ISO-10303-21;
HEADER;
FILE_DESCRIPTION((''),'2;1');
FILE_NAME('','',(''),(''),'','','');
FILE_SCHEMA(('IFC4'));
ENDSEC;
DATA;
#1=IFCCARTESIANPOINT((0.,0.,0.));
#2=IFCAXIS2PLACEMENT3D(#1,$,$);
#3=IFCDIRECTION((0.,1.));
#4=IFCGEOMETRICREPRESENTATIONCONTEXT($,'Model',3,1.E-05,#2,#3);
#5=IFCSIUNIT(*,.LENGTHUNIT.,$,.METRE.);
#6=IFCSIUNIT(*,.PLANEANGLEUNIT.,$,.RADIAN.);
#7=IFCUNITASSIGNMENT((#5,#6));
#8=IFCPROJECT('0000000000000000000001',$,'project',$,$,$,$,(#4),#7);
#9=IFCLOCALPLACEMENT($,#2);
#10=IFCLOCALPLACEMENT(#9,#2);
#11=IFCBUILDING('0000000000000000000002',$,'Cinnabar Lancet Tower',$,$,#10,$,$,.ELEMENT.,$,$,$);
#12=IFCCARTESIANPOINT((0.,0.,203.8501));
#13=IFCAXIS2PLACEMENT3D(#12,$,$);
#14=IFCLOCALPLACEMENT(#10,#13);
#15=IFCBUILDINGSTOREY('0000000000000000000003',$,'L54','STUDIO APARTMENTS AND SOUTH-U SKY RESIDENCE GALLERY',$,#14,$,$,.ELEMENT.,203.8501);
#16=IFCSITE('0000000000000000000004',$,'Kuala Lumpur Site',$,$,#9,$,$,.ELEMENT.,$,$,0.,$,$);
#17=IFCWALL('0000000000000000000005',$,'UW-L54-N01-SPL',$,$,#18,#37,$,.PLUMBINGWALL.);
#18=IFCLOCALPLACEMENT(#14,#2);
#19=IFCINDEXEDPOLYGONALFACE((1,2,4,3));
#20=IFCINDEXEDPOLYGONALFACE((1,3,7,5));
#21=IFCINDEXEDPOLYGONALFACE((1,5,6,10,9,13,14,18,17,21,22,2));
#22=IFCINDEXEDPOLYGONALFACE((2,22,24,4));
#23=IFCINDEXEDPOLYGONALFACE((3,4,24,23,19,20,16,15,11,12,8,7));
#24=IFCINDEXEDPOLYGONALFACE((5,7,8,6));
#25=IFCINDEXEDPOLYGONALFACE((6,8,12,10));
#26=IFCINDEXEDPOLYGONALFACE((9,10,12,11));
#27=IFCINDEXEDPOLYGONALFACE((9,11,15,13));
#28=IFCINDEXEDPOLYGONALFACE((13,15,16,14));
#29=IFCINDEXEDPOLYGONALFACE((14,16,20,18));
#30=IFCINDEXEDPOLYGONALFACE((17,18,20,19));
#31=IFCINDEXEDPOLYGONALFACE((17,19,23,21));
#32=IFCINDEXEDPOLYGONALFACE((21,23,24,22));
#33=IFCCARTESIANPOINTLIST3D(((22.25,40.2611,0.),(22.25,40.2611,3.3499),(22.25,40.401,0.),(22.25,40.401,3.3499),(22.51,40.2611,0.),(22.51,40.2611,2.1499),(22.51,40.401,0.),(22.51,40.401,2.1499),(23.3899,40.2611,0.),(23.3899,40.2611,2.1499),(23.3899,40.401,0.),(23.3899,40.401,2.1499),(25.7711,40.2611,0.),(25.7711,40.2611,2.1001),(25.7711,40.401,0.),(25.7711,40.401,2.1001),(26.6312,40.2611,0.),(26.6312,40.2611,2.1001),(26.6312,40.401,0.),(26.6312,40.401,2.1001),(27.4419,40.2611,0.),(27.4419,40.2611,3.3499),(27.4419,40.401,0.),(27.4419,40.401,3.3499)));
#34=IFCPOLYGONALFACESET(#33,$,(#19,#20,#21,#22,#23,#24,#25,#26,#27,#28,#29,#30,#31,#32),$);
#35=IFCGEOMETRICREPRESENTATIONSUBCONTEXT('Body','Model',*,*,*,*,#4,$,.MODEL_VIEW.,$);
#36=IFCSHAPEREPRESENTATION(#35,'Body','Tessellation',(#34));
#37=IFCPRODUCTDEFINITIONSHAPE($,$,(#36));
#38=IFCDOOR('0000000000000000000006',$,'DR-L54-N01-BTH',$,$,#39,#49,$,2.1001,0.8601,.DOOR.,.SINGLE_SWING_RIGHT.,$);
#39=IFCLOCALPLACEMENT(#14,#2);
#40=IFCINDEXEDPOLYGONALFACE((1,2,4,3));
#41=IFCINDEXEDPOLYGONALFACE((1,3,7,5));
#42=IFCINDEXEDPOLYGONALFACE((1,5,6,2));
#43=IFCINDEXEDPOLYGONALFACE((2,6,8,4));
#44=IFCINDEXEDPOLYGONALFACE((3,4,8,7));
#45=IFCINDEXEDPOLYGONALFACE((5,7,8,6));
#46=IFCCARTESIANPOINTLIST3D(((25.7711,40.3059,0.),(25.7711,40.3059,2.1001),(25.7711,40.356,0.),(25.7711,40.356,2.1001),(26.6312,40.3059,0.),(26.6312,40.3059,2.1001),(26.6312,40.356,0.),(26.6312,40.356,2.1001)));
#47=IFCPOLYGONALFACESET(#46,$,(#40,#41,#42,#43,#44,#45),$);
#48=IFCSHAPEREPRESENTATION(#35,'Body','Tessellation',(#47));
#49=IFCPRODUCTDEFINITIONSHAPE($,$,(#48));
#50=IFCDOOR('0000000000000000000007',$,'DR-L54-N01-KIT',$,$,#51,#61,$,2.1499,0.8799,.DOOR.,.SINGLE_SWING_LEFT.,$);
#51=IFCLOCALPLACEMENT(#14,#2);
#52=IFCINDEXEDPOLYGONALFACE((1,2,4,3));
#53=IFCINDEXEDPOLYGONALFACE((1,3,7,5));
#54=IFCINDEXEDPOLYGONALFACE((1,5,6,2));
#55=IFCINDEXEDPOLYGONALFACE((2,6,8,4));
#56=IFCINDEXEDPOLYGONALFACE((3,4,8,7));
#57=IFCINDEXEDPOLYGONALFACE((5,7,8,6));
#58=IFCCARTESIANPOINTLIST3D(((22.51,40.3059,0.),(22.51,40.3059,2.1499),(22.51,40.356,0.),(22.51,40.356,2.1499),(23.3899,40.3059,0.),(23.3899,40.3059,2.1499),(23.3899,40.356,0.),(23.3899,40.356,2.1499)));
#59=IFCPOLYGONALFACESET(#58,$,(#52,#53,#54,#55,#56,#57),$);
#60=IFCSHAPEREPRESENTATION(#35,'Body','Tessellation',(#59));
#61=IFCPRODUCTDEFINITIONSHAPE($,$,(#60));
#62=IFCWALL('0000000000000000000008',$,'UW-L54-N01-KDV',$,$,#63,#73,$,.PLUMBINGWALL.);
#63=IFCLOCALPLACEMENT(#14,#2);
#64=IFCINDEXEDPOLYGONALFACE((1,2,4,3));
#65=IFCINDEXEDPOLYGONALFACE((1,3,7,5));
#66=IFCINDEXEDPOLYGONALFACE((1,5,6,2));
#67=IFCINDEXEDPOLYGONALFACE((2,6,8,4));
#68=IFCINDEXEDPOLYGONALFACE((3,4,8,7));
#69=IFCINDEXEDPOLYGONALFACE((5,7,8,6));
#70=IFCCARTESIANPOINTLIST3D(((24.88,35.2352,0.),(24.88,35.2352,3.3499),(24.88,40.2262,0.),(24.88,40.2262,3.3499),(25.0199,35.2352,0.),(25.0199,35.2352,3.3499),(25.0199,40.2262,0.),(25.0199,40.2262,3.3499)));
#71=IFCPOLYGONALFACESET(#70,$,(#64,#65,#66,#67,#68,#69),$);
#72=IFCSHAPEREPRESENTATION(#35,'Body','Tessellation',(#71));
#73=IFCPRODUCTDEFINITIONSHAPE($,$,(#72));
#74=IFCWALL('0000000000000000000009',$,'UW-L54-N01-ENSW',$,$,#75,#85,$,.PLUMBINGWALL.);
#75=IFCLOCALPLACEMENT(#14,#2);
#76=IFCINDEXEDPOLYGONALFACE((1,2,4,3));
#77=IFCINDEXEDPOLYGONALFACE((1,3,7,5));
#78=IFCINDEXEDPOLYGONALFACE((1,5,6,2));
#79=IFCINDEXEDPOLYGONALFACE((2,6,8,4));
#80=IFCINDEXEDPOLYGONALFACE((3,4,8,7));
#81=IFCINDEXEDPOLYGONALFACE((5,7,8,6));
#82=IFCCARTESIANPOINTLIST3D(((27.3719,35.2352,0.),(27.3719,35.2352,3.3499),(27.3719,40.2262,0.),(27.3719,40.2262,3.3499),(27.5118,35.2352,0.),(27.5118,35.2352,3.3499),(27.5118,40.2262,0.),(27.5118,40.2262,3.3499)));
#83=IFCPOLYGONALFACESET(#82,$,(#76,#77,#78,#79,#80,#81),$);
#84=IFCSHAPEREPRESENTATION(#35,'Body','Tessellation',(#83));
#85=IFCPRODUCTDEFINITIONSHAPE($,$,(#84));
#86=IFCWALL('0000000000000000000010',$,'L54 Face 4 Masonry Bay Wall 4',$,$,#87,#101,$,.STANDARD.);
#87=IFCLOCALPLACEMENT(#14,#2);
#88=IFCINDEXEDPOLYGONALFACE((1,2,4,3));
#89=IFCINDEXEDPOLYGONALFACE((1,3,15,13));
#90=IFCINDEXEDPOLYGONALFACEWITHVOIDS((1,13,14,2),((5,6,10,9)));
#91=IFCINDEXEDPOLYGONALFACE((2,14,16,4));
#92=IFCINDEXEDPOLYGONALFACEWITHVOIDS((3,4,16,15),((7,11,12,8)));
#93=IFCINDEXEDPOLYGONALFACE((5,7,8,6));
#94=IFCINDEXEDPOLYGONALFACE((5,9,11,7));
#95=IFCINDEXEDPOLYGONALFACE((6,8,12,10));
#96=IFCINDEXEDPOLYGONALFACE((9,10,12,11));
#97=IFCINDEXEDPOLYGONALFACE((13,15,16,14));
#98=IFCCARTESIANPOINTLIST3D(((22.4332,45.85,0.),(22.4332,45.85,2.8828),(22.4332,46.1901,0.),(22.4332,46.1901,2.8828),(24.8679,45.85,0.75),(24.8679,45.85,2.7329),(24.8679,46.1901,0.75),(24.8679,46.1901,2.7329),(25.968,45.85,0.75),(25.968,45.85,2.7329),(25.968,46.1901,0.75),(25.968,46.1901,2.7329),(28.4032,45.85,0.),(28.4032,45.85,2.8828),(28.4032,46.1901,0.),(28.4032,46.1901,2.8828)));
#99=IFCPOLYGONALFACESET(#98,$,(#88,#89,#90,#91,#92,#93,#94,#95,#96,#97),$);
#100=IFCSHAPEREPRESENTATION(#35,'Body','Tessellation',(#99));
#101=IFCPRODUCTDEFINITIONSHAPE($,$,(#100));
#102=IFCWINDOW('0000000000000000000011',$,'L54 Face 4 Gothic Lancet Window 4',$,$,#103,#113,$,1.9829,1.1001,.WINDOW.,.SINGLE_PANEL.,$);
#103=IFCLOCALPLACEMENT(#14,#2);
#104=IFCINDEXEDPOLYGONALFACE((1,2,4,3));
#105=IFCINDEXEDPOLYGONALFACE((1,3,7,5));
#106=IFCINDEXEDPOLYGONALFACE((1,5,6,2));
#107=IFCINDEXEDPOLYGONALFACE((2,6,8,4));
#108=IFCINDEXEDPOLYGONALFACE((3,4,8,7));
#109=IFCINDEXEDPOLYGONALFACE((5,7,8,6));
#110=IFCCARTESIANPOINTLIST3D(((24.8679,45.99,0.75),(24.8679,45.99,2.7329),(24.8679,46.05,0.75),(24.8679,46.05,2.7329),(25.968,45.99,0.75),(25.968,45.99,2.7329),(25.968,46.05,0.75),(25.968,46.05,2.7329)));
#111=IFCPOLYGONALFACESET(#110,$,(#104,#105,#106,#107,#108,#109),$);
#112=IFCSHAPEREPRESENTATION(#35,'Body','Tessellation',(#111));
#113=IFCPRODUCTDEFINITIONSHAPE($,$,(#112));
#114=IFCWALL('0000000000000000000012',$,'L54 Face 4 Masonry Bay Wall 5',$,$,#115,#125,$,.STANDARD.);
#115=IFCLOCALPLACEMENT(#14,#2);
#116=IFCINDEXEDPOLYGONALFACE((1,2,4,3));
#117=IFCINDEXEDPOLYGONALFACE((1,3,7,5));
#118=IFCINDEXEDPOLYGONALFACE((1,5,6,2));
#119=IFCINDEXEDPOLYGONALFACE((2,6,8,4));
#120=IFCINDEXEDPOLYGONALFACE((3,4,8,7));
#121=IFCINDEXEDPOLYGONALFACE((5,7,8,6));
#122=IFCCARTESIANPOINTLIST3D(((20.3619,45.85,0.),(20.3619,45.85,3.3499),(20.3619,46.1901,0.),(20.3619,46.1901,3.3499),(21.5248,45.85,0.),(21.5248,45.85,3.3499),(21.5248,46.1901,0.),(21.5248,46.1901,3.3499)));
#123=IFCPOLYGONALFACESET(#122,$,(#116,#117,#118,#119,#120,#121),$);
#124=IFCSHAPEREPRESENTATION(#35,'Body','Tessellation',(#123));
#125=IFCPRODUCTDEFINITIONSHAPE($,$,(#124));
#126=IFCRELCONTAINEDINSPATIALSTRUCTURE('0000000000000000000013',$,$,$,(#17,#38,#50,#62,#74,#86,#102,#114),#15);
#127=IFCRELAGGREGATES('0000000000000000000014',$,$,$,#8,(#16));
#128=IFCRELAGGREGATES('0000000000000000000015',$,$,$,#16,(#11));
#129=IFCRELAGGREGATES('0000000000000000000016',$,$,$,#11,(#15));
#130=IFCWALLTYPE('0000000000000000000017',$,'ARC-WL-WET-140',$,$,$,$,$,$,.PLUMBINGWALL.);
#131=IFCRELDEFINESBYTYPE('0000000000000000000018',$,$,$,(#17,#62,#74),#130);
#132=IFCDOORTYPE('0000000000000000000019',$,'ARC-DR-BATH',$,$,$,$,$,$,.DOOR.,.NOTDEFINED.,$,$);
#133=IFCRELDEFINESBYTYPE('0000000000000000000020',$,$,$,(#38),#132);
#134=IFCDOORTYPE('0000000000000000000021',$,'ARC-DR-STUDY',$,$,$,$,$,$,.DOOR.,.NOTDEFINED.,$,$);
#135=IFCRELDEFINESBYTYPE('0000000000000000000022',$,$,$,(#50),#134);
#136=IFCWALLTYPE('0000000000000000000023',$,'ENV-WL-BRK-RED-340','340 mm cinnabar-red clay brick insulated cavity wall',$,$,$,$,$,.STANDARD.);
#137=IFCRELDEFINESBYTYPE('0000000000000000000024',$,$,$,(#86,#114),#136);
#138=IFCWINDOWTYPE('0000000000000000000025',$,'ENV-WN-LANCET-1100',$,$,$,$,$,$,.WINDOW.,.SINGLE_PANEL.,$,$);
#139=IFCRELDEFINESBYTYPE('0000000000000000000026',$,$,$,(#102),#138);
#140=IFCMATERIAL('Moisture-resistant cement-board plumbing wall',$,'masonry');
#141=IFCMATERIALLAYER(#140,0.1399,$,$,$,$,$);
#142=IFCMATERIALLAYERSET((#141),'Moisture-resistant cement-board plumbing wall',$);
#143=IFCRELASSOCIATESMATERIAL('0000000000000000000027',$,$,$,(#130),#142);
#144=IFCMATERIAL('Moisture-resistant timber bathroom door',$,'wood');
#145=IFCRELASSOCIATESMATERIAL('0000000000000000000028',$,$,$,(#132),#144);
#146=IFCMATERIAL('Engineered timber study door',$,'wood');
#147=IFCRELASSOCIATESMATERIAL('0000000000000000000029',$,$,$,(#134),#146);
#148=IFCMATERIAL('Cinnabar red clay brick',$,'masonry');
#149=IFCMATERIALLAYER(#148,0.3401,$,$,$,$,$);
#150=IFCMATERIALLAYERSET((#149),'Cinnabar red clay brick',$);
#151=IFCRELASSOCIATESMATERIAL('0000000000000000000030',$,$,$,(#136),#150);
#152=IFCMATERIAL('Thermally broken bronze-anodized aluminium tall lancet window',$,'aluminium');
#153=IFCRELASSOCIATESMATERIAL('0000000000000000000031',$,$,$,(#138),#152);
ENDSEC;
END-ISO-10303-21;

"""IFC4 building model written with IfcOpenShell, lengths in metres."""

from ifc_helpers import new_model, si_unit, direction, frame, frame_2d, origin, place, context, subcontext, project, spatial, rectangle, extrude, material, layer, layer_set, type_object, element, fill, save


model = new_model("IFC4")

# Units and contexts
model_context = context("Model", 3, precision=1e-05, world=origin(), true_north=direction((0.0, 1.0)))
body_context = subcontext(model_context, "Body", "Model", "MODEL_VIEW")
ifc_project = project(units=[si_unit("LENGTHUNIT", "METRE"), si_unit("PLANEANGLEUNIT", "RADIAN")], contexts=[model_context])

# Site, building, storey
site_placement = place(None, origin())
site = spatial("IfcSite", under=ifc_project, at=site_placement, Name="Kuala Lumpur Site", CompositionType="ELEMENT", RefElevation=0.0)
building_placement = place(site_placement, origin())
building = spatial("IfcBuilding", under=site, at=building_placement, Name="Cinnabar Lancet Tower", CompositionType="ELEMENT")
storey_placement = place(building_placement, frame((0.0, 0.0, 203.8501)))
storey = spatial("IfcBuildingStorey", under=building, at=storey_placement, Name="L54", Description="STUDIO APARTMENTS AND SOUTH-U SKY RESIDENCE GALLERY", CompositionType="ELEMENT", Elevation=203.8501)

# Wall, openings, doors
ifc_material_1 = material(Name="Moisture-resistant cement-board plumbing wall", Category="masonry")
ifc_layer_1 = layer(ifc_material_1, 0.1399)
ifc_layer_set_1 = layer_set([ifc_layer_1], Name="Moisture-resistant cement-board plumbing wall")
wall_type_1 = type_object("IfcWallType", Name="ARC-WL-WET-140", PredefinedType="PLUMBINGWALL", material=ifc_layer_set_1)
wall_1_placement = place(storey_placement, frame((22.25, 40.3311, 0.0), z_axis=(0.0, 0.0, 1.0), x_axis=(1.0, 0.0, 0.0)))
wall_1 = element("IfcWall", 1, at=wall_1_placement, inside=storey, type_object=wall_type_1, Name="UW-L54-N01-SPL", PredefinedType="PLUMBINGWALL", context=body_context, shape_type="SweptSolid", body=[
    extrude(rectangle(XDim=5.1919, YDim=0.1399, at=frame_2d((2.5959, 0.0))), origin(), (0.0, 0.0, 1.0), 3.3499),
])
opening_1_placement = place(wall_1_placement, frame((3.521, 0.0, 0.0)))
opening_1 = element("IfcOpeningElement", 2, at=opening_1_placement, cuts=wall_1, PredefinedType="OPENING", context=body_context, shape_type="SweptSolid", body=[
    extrude(rectangle(XDim=0.8601, YDim=2.1001, at=frame_2d((0.4302, 1.05))), frame((0.0, 0.0798, 0.0), z_axis=(0.0, -1.0, 0.0), x_axis=(1.0, 0.0, 0.0)), (0.0, 0.0, 1.0), 0.1599),
])
opening_2_placement = place(wall_1_placement, frame((0.26, 0.0, 0.0)))
opening_2 = element("IfcOpeningElement", 3, at=opening_2_placement, cuts=wall_1, PredefinedType="OPENING", context=body_context, shape_type="SweptSolid", body=[
    extrude(rectangle(XDim=0.8799, YDim=2.1499, at=frame_2d((0.4399, 1.075))), frame((0.0, 0.0798, 0.0), z_axis=(0.0, -1.0, 0.0), x_axis=(1.0, 0.0, 0.0)), (0.0, 0.0, 1.0), 0.1599),
])
ifc_material_2 = material(Name="Moisture-resistant timber bathroom door", Category="wood")
door_type_1 = type_object("IfcDoorType", Name="ARC-DR-BATH", OperationType="NOTDEFINED", PredefinedType="DOOR", material=ifc_material_2)
door_1_placement = place(opening_1_placement, origin())
door_1 = element("IfcDoor", 4, at=door_1_placement, inside=storey, type_object=door_type_1, Name="DR-L54-N01-BTH", OperationType="SINGLE_SWING_RIGHT", OverallHeight=2.1001, OverallWidth=0.8601, PredefinedType="DOOR", context=body_context, shape_type="SweptSolid", body=[
    extrude(rectangle(XDim=0.8601, YDim=2.1001, at=frame_2d((0.4302, 1.05))), frame((0.0, 0.0249, 0.0), z_axis=(0.0, -1.0, 0.0), x_axis=(1.0, 0.0, 0.0)), (0.0, 0.0, 1.0), 0.05),
])
fill(opening_1, door_1)
ifc_material_3 = material(Name="Engineered timber study door", Category="wood")
door_type_2 = type_object("IfcDoorType", Name="ARC-DR-STUDY", OperationType="NOTDEFINED", PredefinedType="DOOR", material=ifc_material_3)
door_2_placement = place(opening_2_placement, origin())
door_2 = element("IfcDoor", 5, at=door_2_placement, inside=storey, type_object=door_type_2, Name="DR-L54-N01-KIT", OperationType="SINGLE_SWING_LEFT", OverallHeight=2.1499, OverallWidth=0.8799, PredefinedType="DOOR", context=body_context, shape_type="SweptSolid", body=[
    extrude(rectangle(XDim=0.8799, YDim=2.1499, at=frame_2d((0.4399, 1.075))), frame((0.0, 0.0249, 0.0), z_axis=(0.0, -1.0, 0.0), x_axis=(1.0, 0.0, 0.0)), (0.0, 0.0, 1.0), 0.05),
])
fill(opening_2, door_2)

# Walls
for number, where, z_axis, x_axis, name in (
    (6, (24.95, 35.2351, 0.0), (0.0, 0.0, 1.0), (0.0, 1.0, 0.0), "UW-L54-N01-KDV"),
    (7, (27.4419, 35.2351, 0.0), (0.0, 0.0, 1.0), (0.0, 1.0, 0.0), "UW-L54-N01-ENSW"),
):
    element("IfcWall", number, at=place(storey_placement, frame(where, z_axis=z_axis, x_axis=x_axis)), inside=storey, type_object=wall_type_1, Name=name, PredefinedType="PLUMBINGWALL", context=body_context, shape_type="SweptSolid", body=[
        extrude(rectangle(XDim=4.991, YDim=0.1399, at=frame_2d((2.4956, 0.0))), origin(), (0.0, 0.0, 1.0), 3.3499),
    ])

# Wall, opening, window
ifc_material_4 = material(Name="Cinnabar red clay brick", Category="masonry")
ifc_layer_2 = layer(ifc_material_4, 0.3401)
ifc_layer_set_2 = layer_set([ifc_layer_2], Name="Cinnabar red clay brick")
wall_type_2 = type_object("IfcWallType", Name="ENV-WL-BRK-RED-340", Description="340 mm cinnabar-red clay brick insulated cavity wall", PredefinedType="STANDARD", material=ifc_layer_set_2)
wall_2_placement = place(storey_placement, frame((28.4031, 46.02, 0.0), z_axis=(0.0, 0.0, 1.0), x_axis=(-1.0, 0.0, 0.0)))
wall_2 = element("IfcWall", 8, at=wall_2_placement, inside=storey, type_object=wall_type_2, Name="L54 Face 4 Masonry Bay Wall 4", PredefinedType="STANDARD", context=body_context, shape_type="SweptSolid", body=[
    extrude(rectangle(XDim=5.97, YDim=0.3401, at=frame_2d((2.9849, 0.0))), origin(), (0.0, 0.0, 1.0), 2.8828),
])
opening_3_placement = place(wall_2_placement, frame((2.4351, 0.0, 0.75)))
opening_3 = element("IfcOpeningElement", 9, at=opening_3_placement, cuts=wall_2, PredefinedType="OPENING", context=body_context, shape_type="SweptSolid", body=[
    extrude(rectangle(XDim=1.1001, YDim=1.9829, at=frame_2d((0.55, 0.9915))), frame((0.0, 0.1799, 0.0), z_axis=(0.0, -1.0, 0.0), x_axis=(1.0, 0.0, 0.0)), (0.0, 0.0, 1.0), 0.3601),
])
ifc_material_5 = material(Name="Thermally broken bronze-anodized aluminium tall lancet window", Category="aluminium")
window_type = type_object("IfcWindowType", Name="ENV-WN-LANCET-1100", PartitioningType="SINGLE_PANEL", PredefinedType="WINDOW", material=ifc_material_5)
window_placement = place(opening_3_placement, origin())
window = element("IfcWindow", 10, at=window_placement, inside=storey, type_object=window_type, Name="L54 Face 4 Gothic Lancet Window 4", OverallHeight=1.9829, OverallWidth=1.1001, PartitioningType="SINGLE_PANEL", PredefinedType="WINDOW", context=body_context, shape_type="SweptSolid", body=[
    extrude(rectangle(XDim=1.1001, YDim=1.9829, at=frame_2d((0.55, 0.9915))), frame((0.0, 0.03, 0.0), z_axis=(0.0, -1.0, 0.0), x_axis=(1.0, 0.0, 0.0)), (0.0, 0.0, 1.0), 0.0601),
])
fill(opening_3, window)

# Wall
wall_3_placement = place(storey_placement, frame((21.5249, 46.02, 0.0), z_axis=(0.0, 0.0, 1.0), x_axis=(-1.0, 0.0, 0.0)))
element("IfcWall", 11, at=wall_3_placement, inside=storey, type_object=wall_type_2, Name="L54 Face 4 Masonry Bay Wall 5", PredefinedType="STANDARD", context=body_context, shape_type="SweptSolid", body=[
    extrude(rectangle(XDim=1.1628, YDim=0.3401, at=frame_2d((0.5815, 0.0))), origin(), (0.0, 0.0, 1.0), 3.3499),
])

save(model, "model.ifc")
